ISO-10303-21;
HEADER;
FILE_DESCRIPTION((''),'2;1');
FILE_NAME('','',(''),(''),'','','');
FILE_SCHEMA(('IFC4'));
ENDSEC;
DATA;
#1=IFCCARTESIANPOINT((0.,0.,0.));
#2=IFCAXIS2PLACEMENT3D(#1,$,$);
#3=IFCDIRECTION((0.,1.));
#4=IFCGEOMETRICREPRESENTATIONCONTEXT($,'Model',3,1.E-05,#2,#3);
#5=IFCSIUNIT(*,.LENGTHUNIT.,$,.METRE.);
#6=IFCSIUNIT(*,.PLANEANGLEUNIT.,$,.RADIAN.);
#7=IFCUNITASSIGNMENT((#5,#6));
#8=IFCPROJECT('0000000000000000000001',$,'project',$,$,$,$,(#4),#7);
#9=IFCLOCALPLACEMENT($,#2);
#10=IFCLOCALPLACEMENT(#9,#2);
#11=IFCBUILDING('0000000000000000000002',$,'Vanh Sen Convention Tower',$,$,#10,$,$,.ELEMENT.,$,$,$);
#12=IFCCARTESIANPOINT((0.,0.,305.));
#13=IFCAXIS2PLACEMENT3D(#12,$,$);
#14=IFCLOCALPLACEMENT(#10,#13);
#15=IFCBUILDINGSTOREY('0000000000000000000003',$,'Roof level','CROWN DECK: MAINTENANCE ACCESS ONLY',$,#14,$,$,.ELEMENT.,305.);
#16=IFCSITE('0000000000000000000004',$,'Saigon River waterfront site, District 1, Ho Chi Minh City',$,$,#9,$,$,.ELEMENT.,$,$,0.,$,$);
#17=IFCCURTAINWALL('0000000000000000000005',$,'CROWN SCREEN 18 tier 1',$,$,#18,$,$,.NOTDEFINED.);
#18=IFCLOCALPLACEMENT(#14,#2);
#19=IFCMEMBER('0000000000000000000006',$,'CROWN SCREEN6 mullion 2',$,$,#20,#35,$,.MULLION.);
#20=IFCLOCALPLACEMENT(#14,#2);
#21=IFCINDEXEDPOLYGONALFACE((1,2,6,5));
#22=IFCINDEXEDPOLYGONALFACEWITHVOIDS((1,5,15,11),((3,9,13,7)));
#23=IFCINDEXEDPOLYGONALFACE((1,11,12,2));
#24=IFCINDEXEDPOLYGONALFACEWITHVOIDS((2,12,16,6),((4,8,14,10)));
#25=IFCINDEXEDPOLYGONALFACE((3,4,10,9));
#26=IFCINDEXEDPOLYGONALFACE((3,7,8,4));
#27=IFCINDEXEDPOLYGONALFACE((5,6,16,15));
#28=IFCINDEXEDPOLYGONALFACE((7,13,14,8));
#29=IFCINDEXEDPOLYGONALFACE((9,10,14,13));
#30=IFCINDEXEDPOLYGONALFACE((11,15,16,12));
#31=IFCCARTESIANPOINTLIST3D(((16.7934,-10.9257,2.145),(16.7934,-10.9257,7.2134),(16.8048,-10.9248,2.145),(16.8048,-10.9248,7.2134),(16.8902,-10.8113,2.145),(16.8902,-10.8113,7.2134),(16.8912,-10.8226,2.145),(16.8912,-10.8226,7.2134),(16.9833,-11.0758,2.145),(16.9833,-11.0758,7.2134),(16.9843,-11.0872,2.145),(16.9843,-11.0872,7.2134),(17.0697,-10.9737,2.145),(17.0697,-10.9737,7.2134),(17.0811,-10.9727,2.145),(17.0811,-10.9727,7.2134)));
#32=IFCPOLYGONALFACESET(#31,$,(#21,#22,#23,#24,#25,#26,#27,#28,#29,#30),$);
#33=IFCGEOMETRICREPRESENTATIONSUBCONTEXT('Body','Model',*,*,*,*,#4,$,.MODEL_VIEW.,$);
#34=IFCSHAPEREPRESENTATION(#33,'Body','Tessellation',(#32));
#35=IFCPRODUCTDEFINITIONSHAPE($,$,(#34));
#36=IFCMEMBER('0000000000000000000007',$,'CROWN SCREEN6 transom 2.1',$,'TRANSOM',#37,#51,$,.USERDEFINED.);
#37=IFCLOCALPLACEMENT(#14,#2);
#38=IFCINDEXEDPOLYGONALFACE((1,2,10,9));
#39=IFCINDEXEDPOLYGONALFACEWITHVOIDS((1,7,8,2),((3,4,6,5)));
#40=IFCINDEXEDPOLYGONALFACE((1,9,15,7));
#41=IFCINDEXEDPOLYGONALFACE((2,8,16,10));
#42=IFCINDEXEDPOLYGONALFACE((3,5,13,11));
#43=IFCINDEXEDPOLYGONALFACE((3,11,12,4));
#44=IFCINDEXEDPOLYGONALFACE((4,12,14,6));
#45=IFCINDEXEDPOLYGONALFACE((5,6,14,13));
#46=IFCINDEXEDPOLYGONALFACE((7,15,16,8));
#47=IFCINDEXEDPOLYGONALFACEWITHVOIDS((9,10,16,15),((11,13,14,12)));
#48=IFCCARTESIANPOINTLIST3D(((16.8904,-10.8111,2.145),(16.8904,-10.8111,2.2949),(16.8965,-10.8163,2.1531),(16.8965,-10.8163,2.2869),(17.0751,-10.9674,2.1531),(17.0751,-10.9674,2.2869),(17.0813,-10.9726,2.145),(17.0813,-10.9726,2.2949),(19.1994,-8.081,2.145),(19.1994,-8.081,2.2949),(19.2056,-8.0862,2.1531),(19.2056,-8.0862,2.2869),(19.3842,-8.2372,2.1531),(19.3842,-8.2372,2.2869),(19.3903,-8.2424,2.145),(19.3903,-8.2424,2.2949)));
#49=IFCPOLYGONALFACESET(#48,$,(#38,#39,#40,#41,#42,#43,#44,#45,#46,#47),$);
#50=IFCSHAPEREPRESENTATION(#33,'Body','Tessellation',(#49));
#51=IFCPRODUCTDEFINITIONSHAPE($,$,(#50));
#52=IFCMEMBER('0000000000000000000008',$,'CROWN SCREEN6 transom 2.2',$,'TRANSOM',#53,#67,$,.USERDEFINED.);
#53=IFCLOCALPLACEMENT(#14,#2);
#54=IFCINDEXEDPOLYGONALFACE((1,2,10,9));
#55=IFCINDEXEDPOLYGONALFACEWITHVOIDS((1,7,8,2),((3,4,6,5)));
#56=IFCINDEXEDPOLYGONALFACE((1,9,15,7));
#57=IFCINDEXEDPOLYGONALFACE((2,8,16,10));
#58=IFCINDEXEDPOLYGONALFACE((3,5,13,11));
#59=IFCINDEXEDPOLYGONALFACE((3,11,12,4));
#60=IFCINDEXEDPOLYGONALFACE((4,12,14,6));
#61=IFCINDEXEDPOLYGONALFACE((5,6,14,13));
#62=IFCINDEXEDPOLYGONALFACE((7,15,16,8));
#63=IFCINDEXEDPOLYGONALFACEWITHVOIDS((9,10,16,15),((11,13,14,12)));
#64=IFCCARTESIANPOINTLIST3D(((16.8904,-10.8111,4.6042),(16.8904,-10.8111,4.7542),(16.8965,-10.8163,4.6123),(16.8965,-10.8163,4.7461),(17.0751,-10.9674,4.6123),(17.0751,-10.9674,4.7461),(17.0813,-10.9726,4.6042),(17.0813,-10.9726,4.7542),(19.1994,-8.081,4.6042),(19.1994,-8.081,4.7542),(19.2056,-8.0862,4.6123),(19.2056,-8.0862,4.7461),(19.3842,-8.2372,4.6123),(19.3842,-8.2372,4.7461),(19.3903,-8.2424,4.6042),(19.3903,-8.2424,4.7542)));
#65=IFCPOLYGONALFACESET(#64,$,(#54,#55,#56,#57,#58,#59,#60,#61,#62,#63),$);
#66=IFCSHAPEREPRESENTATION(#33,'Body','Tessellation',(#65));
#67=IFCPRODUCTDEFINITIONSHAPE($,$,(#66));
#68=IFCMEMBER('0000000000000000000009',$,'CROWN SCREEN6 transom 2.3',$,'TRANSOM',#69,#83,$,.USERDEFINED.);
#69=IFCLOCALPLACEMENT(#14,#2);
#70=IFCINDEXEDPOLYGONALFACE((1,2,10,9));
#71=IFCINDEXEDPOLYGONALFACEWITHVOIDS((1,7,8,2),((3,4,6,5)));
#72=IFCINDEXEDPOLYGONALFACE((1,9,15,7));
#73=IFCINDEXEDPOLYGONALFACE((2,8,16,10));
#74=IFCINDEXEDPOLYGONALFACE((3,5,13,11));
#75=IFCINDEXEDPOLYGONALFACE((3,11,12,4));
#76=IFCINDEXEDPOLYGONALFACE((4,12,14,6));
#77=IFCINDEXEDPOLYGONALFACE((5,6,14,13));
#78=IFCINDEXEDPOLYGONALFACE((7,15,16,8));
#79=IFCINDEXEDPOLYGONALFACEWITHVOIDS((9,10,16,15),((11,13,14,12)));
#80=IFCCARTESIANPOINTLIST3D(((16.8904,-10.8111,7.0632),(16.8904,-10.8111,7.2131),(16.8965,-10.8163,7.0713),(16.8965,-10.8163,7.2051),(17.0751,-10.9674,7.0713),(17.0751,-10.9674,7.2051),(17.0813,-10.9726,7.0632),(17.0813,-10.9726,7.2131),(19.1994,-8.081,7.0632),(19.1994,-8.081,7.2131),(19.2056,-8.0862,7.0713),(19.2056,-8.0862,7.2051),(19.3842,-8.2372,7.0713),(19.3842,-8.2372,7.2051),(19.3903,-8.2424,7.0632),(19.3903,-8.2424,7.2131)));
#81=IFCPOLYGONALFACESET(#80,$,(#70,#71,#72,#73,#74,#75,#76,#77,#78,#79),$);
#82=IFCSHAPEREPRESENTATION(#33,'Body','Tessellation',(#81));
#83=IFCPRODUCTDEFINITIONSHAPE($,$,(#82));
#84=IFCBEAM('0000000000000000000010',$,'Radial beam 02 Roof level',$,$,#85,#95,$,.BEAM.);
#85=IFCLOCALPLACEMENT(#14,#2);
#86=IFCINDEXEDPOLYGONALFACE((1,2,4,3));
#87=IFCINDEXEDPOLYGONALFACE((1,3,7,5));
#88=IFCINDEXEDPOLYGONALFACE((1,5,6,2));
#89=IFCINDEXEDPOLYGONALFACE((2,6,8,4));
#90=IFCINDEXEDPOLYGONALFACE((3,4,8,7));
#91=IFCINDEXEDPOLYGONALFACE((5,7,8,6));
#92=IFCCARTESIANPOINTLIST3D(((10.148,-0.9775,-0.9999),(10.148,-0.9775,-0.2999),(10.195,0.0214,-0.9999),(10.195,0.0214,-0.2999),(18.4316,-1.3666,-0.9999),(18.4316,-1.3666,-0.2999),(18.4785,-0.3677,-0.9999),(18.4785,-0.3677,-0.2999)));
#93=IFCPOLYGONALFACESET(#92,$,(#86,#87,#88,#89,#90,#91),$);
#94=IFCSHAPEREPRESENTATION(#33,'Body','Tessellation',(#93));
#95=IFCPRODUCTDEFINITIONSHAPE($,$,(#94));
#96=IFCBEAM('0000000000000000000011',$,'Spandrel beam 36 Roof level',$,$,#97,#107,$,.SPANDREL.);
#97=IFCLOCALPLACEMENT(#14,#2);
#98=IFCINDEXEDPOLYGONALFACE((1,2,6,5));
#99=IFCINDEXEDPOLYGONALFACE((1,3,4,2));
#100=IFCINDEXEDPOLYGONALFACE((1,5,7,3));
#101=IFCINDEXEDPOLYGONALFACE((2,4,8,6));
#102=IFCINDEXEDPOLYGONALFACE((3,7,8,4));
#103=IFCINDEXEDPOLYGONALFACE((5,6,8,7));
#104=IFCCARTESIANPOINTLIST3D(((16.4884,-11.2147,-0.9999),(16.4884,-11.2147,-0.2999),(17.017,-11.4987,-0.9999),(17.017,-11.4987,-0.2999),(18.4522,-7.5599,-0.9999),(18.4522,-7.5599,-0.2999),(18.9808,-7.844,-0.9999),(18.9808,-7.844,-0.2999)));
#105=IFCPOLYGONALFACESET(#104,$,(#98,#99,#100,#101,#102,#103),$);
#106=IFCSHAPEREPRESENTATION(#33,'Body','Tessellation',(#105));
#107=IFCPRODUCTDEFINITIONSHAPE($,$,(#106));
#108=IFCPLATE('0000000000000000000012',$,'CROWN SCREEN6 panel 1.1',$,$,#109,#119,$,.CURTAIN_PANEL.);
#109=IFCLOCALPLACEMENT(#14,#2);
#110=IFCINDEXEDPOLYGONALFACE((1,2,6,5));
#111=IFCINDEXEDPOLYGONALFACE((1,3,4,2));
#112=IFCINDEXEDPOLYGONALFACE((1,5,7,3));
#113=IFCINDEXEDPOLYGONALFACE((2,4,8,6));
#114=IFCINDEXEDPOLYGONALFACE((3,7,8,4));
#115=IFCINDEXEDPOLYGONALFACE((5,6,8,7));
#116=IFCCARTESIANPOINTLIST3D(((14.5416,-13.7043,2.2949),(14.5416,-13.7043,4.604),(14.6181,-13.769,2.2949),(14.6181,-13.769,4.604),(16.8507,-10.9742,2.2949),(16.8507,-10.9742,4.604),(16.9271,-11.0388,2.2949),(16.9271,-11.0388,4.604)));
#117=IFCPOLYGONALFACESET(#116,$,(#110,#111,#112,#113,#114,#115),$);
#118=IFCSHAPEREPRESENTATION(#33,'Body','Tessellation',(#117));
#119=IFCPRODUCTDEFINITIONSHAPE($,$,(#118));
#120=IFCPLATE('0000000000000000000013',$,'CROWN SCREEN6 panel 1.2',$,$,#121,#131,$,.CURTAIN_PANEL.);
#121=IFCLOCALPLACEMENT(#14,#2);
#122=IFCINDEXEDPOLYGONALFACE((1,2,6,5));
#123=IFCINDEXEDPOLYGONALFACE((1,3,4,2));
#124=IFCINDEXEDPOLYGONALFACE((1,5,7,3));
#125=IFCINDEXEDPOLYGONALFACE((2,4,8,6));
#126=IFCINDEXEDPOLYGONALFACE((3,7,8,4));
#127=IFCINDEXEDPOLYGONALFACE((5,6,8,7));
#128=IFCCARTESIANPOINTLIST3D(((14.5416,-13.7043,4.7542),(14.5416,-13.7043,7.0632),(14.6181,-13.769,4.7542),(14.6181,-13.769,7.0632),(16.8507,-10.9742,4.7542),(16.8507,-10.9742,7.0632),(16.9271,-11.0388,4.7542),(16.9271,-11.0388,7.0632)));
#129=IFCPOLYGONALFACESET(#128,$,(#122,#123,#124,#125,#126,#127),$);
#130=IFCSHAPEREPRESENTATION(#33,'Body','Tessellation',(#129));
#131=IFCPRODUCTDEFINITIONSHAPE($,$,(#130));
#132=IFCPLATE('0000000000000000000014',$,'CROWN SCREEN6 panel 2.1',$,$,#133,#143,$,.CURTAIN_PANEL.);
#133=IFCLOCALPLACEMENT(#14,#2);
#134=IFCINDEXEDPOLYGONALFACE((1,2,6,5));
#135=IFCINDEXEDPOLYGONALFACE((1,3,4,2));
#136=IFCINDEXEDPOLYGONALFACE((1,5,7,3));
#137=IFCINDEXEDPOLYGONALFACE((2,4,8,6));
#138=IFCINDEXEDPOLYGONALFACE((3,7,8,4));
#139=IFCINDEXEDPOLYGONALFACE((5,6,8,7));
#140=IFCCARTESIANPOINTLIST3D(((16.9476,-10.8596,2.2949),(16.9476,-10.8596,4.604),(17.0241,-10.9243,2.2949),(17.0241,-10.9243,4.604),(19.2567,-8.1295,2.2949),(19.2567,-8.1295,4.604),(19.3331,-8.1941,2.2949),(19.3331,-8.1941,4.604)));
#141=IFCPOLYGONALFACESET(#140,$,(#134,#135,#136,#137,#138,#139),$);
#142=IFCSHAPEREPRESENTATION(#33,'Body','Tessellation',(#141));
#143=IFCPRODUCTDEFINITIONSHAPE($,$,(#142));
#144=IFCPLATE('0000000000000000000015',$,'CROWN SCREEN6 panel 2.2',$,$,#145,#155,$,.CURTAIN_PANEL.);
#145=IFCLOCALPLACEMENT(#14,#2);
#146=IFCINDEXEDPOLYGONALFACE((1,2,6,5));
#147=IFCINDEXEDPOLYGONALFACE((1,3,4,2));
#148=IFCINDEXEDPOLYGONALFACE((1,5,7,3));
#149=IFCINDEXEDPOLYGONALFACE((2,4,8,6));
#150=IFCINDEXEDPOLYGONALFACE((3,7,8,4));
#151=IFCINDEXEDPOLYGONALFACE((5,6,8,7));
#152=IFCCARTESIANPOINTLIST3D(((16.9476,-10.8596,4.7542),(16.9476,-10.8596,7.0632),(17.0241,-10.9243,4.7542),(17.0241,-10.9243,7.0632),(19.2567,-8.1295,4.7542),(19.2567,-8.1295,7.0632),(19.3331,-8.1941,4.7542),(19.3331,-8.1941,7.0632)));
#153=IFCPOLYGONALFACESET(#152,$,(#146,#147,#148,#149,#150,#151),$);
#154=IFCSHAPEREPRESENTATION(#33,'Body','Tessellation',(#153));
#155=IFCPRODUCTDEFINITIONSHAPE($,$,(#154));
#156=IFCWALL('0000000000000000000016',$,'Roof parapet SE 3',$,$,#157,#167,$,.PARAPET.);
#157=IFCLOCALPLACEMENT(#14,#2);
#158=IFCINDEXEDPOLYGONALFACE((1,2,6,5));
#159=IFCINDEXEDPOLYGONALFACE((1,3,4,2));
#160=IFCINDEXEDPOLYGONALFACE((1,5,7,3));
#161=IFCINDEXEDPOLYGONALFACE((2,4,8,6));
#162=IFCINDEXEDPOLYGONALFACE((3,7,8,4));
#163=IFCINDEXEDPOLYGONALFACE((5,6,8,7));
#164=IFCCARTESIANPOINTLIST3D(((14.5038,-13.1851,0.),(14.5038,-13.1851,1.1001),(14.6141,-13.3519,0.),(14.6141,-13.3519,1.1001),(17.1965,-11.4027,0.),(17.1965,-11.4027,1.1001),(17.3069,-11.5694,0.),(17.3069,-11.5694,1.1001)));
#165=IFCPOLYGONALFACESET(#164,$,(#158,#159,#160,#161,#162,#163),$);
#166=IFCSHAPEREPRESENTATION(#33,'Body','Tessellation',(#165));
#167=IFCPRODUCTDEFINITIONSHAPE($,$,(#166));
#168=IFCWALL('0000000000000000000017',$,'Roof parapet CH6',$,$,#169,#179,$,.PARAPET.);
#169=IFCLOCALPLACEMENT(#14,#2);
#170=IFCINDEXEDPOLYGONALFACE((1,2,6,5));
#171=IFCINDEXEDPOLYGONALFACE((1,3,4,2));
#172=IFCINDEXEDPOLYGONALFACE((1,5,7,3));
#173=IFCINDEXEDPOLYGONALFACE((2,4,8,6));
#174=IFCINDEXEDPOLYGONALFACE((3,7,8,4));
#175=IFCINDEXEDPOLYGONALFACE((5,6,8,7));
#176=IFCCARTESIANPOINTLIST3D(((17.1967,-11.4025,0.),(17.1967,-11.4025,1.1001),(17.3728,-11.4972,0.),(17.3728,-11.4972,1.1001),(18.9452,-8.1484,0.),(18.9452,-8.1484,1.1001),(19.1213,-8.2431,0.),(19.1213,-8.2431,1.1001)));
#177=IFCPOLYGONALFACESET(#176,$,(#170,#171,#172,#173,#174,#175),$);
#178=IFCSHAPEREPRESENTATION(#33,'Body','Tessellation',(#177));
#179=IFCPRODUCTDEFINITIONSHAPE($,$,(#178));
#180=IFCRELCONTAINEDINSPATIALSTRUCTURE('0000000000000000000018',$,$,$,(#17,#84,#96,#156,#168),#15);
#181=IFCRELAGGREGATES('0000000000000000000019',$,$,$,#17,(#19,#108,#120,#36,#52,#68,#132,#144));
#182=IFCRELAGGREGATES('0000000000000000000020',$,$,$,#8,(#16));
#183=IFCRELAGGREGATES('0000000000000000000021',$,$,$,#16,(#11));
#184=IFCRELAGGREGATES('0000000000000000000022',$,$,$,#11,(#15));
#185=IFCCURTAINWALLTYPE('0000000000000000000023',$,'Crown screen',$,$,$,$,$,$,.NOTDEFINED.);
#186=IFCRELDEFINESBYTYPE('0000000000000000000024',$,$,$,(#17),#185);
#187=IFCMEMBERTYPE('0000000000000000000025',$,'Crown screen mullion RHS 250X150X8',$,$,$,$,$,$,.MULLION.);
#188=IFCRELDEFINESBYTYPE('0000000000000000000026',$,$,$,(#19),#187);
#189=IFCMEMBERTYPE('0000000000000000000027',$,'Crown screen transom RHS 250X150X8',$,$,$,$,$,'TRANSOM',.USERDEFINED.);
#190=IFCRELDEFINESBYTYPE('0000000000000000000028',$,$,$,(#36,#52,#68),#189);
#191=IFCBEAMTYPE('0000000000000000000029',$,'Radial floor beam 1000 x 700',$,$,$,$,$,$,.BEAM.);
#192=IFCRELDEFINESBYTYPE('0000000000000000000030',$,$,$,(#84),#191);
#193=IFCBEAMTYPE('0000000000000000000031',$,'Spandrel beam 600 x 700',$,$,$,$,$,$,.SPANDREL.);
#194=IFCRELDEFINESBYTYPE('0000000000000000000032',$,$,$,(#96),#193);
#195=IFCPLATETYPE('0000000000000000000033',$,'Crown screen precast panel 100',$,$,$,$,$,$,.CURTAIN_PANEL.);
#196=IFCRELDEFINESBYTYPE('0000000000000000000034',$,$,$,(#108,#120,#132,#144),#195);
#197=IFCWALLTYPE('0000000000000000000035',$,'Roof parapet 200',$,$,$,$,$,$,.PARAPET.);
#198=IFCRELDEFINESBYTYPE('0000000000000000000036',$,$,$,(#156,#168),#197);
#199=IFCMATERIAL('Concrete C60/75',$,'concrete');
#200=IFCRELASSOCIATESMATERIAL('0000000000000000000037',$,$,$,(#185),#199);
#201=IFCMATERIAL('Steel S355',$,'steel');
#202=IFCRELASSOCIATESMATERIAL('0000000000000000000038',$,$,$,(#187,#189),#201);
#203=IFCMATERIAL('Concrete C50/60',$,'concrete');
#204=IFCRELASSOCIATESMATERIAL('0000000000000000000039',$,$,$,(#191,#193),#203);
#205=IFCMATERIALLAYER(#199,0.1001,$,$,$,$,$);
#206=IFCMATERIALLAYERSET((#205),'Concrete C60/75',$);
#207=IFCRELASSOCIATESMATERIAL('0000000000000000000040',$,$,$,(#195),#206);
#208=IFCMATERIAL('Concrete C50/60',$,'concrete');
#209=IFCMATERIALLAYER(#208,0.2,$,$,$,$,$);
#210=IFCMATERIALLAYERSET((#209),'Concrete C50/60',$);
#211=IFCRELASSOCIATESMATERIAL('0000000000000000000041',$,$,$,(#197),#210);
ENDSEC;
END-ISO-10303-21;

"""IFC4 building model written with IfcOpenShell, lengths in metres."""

from ifc_helpers import new_model, si_unit, direction, frame, frame_2d, origin, origin_2d, place, context, subcontext, project, spatial, rectangle, hollow_rectangle, extrude, material, layer, layer_set, material_profile, profile_set, type_object, element, aggregate, save


model = new_model("IFC4")

# Units and contexts
model_context = context("Model", 3, precision=1e-05, world=origin(), true_north=direction((0.0, 1.0)))
body_context = subcontext(model_context, "Body", "Model", "MODEL_VIEW")
ifc_project = project(units=[si_unit("LENGTHUNIT", "METRE"), si_unit("PLANEANGLEUNIT", "RADIAN")], contexts=[model_context])

# Site, building, storey
site_placement = place(None, origin())
site = spatial("IfcSite", under=ifc_project, at=site_placement, Name="Saigon River waterfront site, District 1, Ho Chi Minh City", CompositionType="ELEMENT", RefElevation=0.0)
building_placement = place(site_placement, origin())
building = spatial("IfcBuilding", under=site, at=building_placement, Name="Vanh Sen Convention Tower", CompositionType="ELEMENT")
storey_placement = place(building_placement, frame((0.0, 0.0, 305.0)))
storey = spatial("IfcBuildingStorey", under=building, at=storey_placement, Name="Roof level", Description="CROWN DECK: MAINTENANCE ACCESS ONLY", CompositionType="ELEMENT", Elevation=305.0)

# Curtain wall, members
ifc_material_1 = material(Name="Concrete C60/75", Category="concrete")
curtain_wall_type = type_object("IfcCurtainWallType", Name="Crown screen", PredefinedType="NOTDEFINED", material=ifc_material_1)
curtain_wall_placement = place(storey_placement, origin())
curtain_wall = element("IfcCurtainWall", 1, at=curtain_wall_placement, inside=storey, type_object=curtain_wall_type, Name="CROWN SCREEN 18 tier 1", PredefinedType="NOTDEFINED")
ifc_material_2 = material(Name="Steel S355", Category="steel")
ifc_material_profile_1 = material_profile(ifc_material_2, hollow_rectangle(XDim=0.25, YDim=0.1499, WallThickness=0.0081, at=origin_2d()), Name="RHS 250X150X8")
ifc_profile_set_1 = profile_set([ifc_material_profile_1], Name="Steel S355")
member_type_1 = type_object("IfcMemberType", Name="Crown screen mullion RHS 250X150X8", PredefinedType="MULLION", material=ifc_profile_set_1)
member_1_placement = place(storey_placement, frame((16.9373, -10.9492, 2.145), z_axis=(0.0, 0.0, 1.0), x_axis=(-0.763535, 0.645766, 0.0)))
member_1 = element("IfcMember", 2, at=member_1_placement, type_object=member_type_1, Name="CROWN SCREEN6 mullion 2", PredefinedType="MULLION", context=body_context, shape_type="SweptSolid", body=[
    extrude(hollow_rectangle(XDim=0.25, YDim=0.1499, WallThickness=0.0081, at=origin_2d()), origin(), (0.0, 0.0, 1.0), 5.0684),
])
ifc_material_profile_2 = material_profile(ifc_material_2, hollow_rectangle(XDim=0.25, YDim=0.1499, WallThickness=0.0081, at=origin_2d()), Name="RHS 250X150X8")
ifc_profile_set_2 = profile_set([ifc_material_profile_2], Name="Steel S355")
member_type_2 = type_object("IfcMemberType", Name="Crown screen transom RHS 250X150X8", ElementType="TRANSOM", PredefinedType="USERDEFINED", material=ifc_profile_set_2)
member_2_placement = place(storey_placement, frame((16.9858, -10.8918, 2.22), z_axis=(0.645762, 0.763539, 0.0), x_axis=(-0.763539, 0.645762, 0.0)))
member_2 = element("IfcMember", 3, at=member_2_placement, type_object=member_type_2, Name="CROWN SCREEN6 transom 2.1", ObjectType="TRANSOM", PredefinedType="USERDEFINED", context=body_context, shape_type="SweptSolid", body=[
    extrude(hollow_rectangle(XDim=0.25, YDim=0.1499, WallThickness=0.0081, at=origin_2d()), origin(), (0.0, 0.0, 1.0), 3.5757),
])
member_3_placement = place(storey_placement, frame((16.9858, -10.8918, 4.6792), z_axis=(0.645762, 0.763539, 0.0), x_axis=(-0.763539, 0.645762, 0.0)))
member_3 = element("IfcMember", 4, at=member_3_placement, type_object=member_type_2, Name="CROWN SCREEN6 transom 2.2", ObjectType="TRANSOM", PredefinedType="USERDEFINED", context=body_context, shape_type="SweptSolid", body=[
    extrude(hollow_rectangle(XDim=0.25, YDim=0.1499, WallThickness=0.0081, at=origin_2d()), origin(), (0.0, 0.0, 1.0), 3.5757),
])
member_4_placement = place(storey_placement, frame((16.9858, -10.8918, 7.1382), z_axis=(0.645762, 0.763539, 0.0), x_axis=(-0.763539, 0.645762, 0.0)))
member_4 = element("IfcMember", 5, at=member_4_placement, type_object=member_type_2, Name="CROWN SCREEN6 transom 2.3", ObjectType="TRANSOM", PredefinedType="USERDEFINED", context=body_context, shape_type="SweptSolid", body=[
    extrude(hollow_rectangle(XDim=0.25, YDim=0.1499, WallThickness=0.0081, at=origin_2d()), origin(), (0.0, 0.0, 1.0), 3.5757),
])

# Beams
ifc_material_3 = material(Name="Concrete C50/60", Category="concrete")
ifc_material_profile_3 = material_profile(ifc_material_3, rectangle(XDim=1.0, YDim=0.7, at=origin_2d()), Name="RC 1000X700")
ifc_profile_set_3 = profile_set([ifc_material_profile_3], Name="Concrete C50/60")
beam_type_1 = type_object("IfcBeamType", Name="Radial floor beam 1000 x 700", PredefinedType="BEAM", material=ifc_profile_set_3)
beam_1_placement = place(storey_placement, frame((18.4551, -0.8672, -0.6499), z_axis=(-0.998898, 0.046927, 0.0), x_axis=(-0.046927, -0.998898, 0.0)))
element("IfcBeam", 6, at=beam_1_placement, inside=storey, type_object=beam_type_1, Name="Radial beam 02 Roof level", PredefinedType="BEAM", context=body_context, shape_type="SweptSolid", body=[
    extrude(rectangle(XDim=1.0, YDim=0.7, at=origin_2d()), origin(), (0.0, 0.0, 1.0), 8.2927),
])
ifc_material_profile_4 = material_profile(ifc_material_3, rectangle(XDim=0.6001, YDim=0.7, at=origin_2d()), Name="RC 600X700")
ifc_profile_set_4 = profile_set([ifc_material_profile_4], Name="Concrete C50/60")
beam_type_2 = type_object("IfcBeamType", Name="Spandrel beam 600 x 700", PredefinedType="SPANDREL", material=ifc_profile_set_4)
beam_2_placement = place(storey_placement, frame((16.7527, -11.3567, -0.6499), z_axis=(0.473335, 0.880883, 0.0), x_axis=(-0.880883, 0.473335, 0.0)))
element("IfcBeam", 7, at=beam_2_placement, inside=storey, type_object=beam_type_2, Name="Spandrel beam 36 Roof level", PredefinedType="SPANDREL", context=body_context, shape_type="SweptSolid", body=[
    extrude(rectangle(XDim=0.6001, YDim=0.7, at=origin_2d()), origin(), (0.0, 0.0, 1.0), 4.1489),
])

# Plates
ifc_layer_1 = layer(ifc_material_1, 0.1001)
ifc_layer_set_1 = layer_set([ifc_layer_1], Name="Concrete C60/75")
plate_type = type_object("IfcPlateType", Name="Crown screen precast panel 100", PredefinedType="CURTAIN_PANEL", material=ifc_layer_set_1)
plate_1_placement = place(storey_placement, frame((15.7344, -12.3716, 2.2949), z_axis=(0.0, 0.0, 1.0), x_axis=(0.645766, 0.763535, 0.0)))
plate_1 = element("IfcPlate", 8, at=plate_1_placement, type_object=plate_type, Name="CROWN SCREEN6 panel 1.1", PredefinedType="CURTAIN_PANEL", context=body_context, shape_type="SweptSolid", body=[
    extrude(rectangle(XDim=3.5757, YDim=0.1001, at=origin_2d()), origin(), (0.0, 0.0, 1.0), 2.3091),
])
plate_2_placement = place(storey_placement, frame((15.7344, -12.3716, 4.7542), z_axis=(0.0, 0.0, 1.0), x_axis=(0.645766, 0.763535, 0.0)))
plate_2 = element("IfcPlate", 9, at=plate_2_placement, type_object=plate_type, Name="CROWN SCREEN6 panel 1.2", PredefinedType="CURTAIN_PANEL", context=body_context, shape_type="SweptSolid", body=[
    extrude(rectangle(XDim=3.5757, YDim=0.1001, at=origin_2d()), origin(), (0.0, 0.0, 1.0), 2.3091),
])
plate_3_placement = place(storey_placement, frame((18.1404, -9.5269, 2.2949), z_axis=(0.0, 0.0, 1.0), x_axis=(0.645766, 0.763535, 0.0)))
plate_3 = element("IfcPlate", 10, at=plate_3_placement, type_object=plate_type, Name="CROWN SCREEN6 panel 2.1", PredefinedType="CURTAIN_PANEL", context=body_context, shape_type="SweptSolid", body=[
    extrude(rectangle(XDim=3.5757, YDim=0.1001, at=origin_2d()), origin(), (0.0, 0.0, 1.0), 2.3091),
])
plate_4_placement = place(storey_placement, frame((18.1404, -9.5269, 4.7542), z_axis=(0.0, 0.0, 1.0), x_axis=(0.645766, 0.763535, 0.0)))
plate_4 = element("IfcPlate", 11, at=plate_4_placement, type_object=plate_type, Name="CROWN SCREEN6 panel 2.2", PredefinedType="CURTAIN_PANEL", context=body_context, shape_type="SweptSolid", body=[
    extrude(rectangle(XDim=3.5757, YDim=0.1001, at=origin_2d()), origin(), (0.0, 0.0, 1.0), 2.3091),
])
aggregate(curtain_wall, [member_1, plate_1, plate_2, member_2, member_3, member_4, plate_3, plate_4])

# Walls
ifc_material_4 = material(Name="Concrete C50/60", Category="concrete")
ifc_layer_2 = layer(ifc_material_4, 0.2)
ifc_layer_set_2 = layer_set([ifc_layer_2], Name="Concrete C50/60")
wall_type = type_object("IfcWallType", Name="Roof parapet 200", PredefinedType="PARAPET", material=ifc_layer_set_2)
wall_1_placement = place(storey_placement, frame((14.5588, -13.2686, 0.0), z_axis=(0.0, 0.0, 1.0), x_axis=(0.833872, 0.551958, 0.0)))
element("IfcWall", 12, at=wall_1_placement, inside=storey, type_object=wall_type, Name="Roof parapet SE 3", PredefinedType="PARAPET", context=body_context, shape_type="SweptSolid", body=[
    extrude(rectangle(XDim=3.2292, YDim=0.2, at=frame_2d((1.6147, 0.0))), origin(), (0.0, 0.0, 1.0), 1.1001),
])
wall_2_placement = place(storey_placement, frame((17.2847, -11.45, 0.0), z_axis=(0.0, 0.0, 1.0), x_axis=(0.473323, 0.880889, 0.0)))
element("IfcWall", 13, at=wall_2_placement, inside=storey, type_object=wall_type, Name="Roof parapet CH6", PredefinedType="PARAPET", context=body_context, shape_type="SweptSolid", body=[
    extrude(rectangle(XDim=3.6941, YDim=0.2, at=frame_2d((1.8472, 0.0))), origin(), (0.0, 0.0, 1.0), 1.1001),
])

save(model, "model.ifc")
